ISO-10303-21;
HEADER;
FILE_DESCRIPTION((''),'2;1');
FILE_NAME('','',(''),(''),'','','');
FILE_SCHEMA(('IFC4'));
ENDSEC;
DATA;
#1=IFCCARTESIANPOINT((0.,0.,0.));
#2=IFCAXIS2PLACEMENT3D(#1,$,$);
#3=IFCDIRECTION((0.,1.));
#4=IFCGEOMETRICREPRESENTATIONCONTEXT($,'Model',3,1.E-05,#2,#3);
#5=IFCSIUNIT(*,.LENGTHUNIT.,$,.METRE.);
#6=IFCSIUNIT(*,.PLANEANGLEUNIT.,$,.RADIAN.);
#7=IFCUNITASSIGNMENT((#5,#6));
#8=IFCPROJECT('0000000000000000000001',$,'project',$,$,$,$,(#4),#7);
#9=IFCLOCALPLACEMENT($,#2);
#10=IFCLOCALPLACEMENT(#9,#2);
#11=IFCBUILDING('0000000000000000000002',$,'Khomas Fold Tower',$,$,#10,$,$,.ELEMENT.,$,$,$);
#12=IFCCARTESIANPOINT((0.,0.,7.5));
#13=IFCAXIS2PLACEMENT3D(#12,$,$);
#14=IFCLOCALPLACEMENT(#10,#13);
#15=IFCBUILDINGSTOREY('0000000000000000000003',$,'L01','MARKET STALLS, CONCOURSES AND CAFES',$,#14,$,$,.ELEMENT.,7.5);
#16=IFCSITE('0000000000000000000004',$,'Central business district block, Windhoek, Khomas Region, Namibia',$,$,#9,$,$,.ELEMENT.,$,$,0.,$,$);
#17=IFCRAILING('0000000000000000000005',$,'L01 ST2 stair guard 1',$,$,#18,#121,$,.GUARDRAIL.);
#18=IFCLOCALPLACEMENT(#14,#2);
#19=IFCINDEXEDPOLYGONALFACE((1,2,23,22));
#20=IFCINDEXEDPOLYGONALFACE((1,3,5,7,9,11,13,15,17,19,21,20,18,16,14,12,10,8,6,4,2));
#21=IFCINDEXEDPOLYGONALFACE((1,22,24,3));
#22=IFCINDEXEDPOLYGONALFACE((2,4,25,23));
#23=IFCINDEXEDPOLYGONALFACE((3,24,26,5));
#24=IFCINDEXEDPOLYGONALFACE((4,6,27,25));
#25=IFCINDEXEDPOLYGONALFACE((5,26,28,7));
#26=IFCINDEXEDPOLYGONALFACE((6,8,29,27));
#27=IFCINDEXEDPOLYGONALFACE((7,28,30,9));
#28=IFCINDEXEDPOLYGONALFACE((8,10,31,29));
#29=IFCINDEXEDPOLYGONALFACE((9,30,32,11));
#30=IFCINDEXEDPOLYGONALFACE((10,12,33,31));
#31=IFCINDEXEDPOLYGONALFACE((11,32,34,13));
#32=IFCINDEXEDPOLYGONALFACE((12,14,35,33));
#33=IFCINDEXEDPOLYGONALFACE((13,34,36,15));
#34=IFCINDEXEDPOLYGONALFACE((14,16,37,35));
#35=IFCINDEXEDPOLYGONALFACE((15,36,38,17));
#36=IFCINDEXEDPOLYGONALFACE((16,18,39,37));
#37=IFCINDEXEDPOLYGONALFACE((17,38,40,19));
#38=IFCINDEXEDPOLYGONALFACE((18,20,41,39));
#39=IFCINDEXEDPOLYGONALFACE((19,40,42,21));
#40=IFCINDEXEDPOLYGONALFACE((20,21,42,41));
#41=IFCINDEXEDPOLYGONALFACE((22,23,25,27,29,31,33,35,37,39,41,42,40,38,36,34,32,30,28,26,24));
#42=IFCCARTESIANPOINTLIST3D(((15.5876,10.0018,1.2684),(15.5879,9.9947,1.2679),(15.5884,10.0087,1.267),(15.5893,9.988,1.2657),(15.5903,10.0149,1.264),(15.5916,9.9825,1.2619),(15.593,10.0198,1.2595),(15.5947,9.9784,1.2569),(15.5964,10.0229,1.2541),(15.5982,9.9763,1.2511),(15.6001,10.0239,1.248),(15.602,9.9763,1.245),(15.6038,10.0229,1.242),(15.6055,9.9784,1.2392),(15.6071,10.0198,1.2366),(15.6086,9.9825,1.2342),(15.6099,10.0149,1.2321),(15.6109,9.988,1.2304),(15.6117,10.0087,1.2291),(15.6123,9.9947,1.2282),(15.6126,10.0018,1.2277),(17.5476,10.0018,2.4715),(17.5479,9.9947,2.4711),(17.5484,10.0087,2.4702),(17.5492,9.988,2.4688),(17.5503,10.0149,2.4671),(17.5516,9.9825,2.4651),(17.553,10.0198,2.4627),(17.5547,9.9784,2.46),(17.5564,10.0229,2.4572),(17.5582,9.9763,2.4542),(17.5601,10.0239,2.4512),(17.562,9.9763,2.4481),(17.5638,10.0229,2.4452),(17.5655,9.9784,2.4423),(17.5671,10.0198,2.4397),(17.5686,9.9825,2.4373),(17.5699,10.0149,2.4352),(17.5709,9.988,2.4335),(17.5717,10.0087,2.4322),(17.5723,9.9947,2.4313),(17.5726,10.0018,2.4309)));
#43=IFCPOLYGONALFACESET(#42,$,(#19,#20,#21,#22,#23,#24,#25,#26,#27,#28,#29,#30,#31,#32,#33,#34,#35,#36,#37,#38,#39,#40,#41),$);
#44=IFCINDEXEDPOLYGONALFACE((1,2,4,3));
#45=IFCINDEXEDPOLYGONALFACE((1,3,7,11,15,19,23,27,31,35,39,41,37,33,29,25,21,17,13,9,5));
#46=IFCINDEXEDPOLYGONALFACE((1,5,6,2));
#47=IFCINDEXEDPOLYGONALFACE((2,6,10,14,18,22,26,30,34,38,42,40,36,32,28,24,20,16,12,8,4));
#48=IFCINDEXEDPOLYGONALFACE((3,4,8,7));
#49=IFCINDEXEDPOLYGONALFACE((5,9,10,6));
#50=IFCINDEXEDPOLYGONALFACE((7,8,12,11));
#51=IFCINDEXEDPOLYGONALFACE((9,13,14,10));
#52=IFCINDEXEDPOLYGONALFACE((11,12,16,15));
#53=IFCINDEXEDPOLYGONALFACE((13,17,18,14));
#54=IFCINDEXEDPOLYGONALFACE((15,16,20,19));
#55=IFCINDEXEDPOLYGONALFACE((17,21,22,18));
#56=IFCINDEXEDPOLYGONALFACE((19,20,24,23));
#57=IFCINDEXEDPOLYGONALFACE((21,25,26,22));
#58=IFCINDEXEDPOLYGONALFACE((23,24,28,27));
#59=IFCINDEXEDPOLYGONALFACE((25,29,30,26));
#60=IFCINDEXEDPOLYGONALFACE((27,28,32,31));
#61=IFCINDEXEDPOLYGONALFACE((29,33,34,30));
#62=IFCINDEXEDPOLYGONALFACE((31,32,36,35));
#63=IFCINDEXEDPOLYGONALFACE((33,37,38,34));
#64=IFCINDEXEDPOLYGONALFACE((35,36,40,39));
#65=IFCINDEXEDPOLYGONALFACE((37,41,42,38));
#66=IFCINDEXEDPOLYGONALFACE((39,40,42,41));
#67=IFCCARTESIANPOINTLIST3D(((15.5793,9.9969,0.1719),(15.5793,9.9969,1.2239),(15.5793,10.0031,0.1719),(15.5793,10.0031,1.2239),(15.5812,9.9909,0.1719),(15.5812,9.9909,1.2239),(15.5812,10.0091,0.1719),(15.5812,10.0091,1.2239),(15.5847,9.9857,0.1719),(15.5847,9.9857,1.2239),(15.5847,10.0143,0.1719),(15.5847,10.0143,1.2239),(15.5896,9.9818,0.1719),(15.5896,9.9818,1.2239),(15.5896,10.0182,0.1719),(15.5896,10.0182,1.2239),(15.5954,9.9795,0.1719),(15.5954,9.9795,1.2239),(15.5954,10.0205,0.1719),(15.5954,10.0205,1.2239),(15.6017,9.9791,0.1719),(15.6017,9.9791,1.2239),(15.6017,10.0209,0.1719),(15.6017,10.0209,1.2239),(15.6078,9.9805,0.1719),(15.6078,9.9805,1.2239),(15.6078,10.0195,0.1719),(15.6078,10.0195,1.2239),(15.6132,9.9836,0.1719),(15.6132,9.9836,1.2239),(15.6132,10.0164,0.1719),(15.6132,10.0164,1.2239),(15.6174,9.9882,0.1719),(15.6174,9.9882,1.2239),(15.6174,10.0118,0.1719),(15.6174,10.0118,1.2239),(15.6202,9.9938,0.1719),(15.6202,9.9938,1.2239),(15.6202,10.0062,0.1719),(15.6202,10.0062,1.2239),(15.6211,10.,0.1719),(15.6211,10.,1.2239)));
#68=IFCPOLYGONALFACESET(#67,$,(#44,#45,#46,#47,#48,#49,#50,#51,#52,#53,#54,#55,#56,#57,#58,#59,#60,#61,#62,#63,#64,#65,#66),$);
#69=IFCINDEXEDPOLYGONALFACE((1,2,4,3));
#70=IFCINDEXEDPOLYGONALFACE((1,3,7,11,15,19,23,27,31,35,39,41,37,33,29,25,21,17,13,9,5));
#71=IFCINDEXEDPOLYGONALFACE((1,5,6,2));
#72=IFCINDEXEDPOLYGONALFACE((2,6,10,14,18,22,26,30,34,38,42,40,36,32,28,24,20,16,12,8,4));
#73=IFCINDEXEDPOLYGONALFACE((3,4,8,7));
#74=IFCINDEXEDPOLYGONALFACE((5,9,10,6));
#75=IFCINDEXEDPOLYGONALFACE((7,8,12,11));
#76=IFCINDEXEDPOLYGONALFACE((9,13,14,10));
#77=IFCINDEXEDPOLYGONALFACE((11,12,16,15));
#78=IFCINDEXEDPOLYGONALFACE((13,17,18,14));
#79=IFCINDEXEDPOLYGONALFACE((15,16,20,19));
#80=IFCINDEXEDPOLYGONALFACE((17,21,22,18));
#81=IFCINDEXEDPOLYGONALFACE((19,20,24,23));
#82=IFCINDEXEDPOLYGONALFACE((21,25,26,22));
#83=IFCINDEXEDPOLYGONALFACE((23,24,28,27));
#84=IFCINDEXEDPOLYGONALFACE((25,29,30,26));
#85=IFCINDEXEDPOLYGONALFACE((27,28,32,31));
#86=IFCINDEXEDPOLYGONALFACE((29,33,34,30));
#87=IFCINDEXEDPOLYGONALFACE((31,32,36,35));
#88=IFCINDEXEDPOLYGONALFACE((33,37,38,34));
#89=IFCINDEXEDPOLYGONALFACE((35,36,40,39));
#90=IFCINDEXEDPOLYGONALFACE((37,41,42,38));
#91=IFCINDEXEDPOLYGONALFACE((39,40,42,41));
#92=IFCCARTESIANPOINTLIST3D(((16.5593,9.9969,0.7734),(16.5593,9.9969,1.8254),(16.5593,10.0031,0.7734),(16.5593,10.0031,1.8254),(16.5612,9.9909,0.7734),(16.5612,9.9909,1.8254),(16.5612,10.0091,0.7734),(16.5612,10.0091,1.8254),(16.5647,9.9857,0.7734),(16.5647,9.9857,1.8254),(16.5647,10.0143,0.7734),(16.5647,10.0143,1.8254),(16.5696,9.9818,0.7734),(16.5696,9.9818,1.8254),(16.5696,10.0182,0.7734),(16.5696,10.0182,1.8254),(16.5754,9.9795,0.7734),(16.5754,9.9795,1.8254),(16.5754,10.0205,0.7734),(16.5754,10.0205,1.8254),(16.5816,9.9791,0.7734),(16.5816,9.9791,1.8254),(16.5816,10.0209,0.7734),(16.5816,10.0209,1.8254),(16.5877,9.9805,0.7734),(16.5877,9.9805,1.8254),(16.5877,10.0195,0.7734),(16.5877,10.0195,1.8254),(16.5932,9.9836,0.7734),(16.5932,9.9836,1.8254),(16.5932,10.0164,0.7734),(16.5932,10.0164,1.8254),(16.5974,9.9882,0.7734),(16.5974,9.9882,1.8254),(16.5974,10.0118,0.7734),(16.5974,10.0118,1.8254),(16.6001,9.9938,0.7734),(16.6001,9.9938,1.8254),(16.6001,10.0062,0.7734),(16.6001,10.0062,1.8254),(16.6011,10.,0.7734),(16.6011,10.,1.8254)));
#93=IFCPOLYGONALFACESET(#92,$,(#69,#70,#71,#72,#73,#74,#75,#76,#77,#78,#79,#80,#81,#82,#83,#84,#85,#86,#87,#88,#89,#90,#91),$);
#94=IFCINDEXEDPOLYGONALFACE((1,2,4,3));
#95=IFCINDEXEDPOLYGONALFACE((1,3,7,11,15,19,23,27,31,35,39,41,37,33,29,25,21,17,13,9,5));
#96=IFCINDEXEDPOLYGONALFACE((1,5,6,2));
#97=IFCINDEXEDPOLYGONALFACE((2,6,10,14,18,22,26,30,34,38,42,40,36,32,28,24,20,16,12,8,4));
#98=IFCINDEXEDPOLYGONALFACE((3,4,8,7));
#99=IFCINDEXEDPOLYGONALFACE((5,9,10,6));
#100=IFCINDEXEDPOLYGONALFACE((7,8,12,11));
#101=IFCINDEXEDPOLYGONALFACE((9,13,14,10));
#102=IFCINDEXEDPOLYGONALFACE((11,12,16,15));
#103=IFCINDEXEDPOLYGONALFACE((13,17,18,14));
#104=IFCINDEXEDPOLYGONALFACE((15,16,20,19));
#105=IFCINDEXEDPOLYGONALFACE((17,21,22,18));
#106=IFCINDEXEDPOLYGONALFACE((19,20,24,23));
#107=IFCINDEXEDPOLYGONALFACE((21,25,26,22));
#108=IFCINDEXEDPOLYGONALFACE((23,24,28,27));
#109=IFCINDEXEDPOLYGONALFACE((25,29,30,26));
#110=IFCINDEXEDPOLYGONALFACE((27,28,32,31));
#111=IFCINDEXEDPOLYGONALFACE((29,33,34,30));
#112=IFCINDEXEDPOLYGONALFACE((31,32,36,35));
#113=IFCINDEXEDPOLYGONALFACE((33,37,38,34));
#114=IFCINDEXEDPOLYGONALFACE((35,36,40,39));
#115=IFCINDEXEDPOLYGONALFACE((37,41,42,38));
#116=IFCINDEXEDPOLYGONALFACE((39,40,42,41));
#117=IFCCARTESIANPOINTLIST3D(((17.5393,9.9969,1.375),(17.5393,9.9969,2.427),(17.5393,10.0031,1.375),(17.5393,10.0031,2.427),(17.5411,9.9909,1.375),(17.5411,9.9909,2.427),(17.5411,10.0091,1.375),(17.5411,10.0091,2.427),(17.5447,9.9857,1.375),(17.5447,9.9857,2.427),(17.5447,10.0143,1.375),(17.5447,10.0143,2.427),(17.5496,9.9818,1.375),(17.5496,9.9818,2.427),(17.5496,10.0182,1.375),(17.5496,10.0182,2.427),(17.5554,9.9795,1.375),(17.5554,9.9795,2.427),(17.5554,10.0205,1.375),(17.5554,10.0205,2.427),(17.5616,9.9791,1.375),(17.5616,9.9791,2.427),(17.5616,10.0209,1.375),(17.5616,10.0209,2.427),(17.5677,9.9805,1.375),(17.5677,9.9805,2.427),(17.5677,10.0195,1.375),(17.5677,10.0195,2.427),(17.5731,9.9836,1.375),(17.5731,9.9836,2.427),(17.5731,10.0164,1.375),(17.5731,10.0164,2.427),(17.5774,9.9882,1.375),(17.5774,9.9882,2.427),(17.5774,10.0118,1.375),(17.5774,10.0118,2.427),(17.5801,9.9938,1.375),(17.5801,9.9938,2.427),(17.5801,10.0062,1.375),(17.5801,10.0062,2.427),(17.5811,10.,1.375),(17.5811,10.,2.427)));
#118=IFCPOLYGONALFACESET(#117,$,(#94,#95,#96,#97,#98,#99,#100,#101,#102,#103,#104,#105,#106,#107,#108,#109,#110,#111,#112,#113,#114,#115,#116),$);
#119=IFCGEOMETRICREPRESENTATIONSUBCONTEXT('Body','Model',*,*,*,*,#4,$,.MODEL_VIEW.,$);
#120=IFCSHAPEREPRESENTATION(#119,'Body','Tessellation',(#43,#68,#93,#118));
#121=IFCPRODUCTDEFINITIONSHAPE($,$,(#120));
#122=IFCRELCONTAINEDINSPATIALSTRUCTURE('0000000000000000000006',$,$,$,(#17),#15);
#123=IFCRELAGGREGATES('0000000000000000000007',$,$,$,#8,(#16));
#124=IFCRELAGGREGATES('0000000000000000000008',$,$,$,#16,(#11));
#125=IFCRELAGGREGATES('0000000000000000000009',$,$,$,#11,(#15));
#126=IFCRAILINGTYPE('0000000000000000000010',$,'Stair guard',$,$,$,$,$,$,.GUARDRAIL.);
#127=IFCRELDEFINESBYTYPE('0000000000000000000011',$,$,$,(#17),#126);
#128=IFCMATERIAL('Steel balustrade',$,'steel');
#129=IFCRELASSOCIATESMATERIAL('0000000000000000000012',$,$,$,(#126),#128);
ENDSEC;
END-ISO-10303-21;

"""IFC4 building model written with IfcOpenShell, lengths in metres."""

from ifc_helpers import new_model, si_unit, direction, frame, origin, origin_2d, place, context, subcontext, project, spatial, circle, extrude, source, transform, mapped, material, type_object, element, save


model = new_model("IFC4")

# Units and contexts
model_context = context("Model", 3, precision=1e-05, world=origin(), true_north=direction((0.0, 1.0)))
body_context = subcontext(model_context, "Body", "Model", "MODEL_VIEW")
ifc_project = project(units=[si_unit("LENGTHUNIT", "METRE"), si_unit("PLANEANGLEUNIT", "RADIAN")], contexts=[model_context])

# Site, building, storey
site_placement = place(None, origin())
site = spatial("IfcSite", under=ifc_project, at=site_placement, Name="Central business district block, Windhoek, Khomas Region, Namibia", CompositionType="ELEMENT", RefElevation=0.0)
building_placement = place(site_placement, origin())
building = spatial("IfcBuilding", under=site, at=building_placement, Name="Khomas Fold Tower", CompositionType="ELEMENT")
storey_placement = place(building_placement, frame((0.0, 0.0, 7.5)))
storey = spatial("IfcBuildingStorey", under=building, at=storey_placement, Name="L01", Description="MARKET STALLS, CONCOURSES AND CAFES", CompositionType="ELEMENT", Elevation=7.5)

# Railing
ifc_material_1 = material(Name="Steel balustrade", Category="steel")
railing_type_1 = type_object("IfcRailingType", Name="Stair guard", PredefinedType="GUARDRAIL", material=ifc_material_1)
shared_shape_1 = source(origin(), body_context, "Body", "SweptSolid", [
    extrude(circle(Radius=0.0239, at=origin_2d()), frame((0.0, 0.0, 1.0762), z_axis=(0.852241, 0.0, 0.523149), x_axis=(0.0, 1.0, 0.0)), (0.0, 0.0, 1.0), 2.2998),
    extrude(circle(Radius=0.021, at=origin_2d()), origin(), (0.0, 0.0, 1.0), 1.052),
    extrude(circle(Radius=0.021, at=origin_2d()), frame((0.98, 0.0, 0.6016)), (0.0, 0.0, 1.0), 1.052),
    extrude(circle(Radius=0.021, at=origin_2d()), frame((1.96, 0.0, 1.2031)), (0.0, 0.0, 1.0), 1.052),
])
for number, where, name in (
    (1, (15.6001, 10.0, 0.1719), "L01 ST2 stair guard 1"),
):
    element("IfcRailing", number, at=place(storey_placement, frame(where)), inside=storey, type_object=railing_type_1, Name=name, PredefinedType="GUARDRAIL", context=body_context, shape_type="MappedRepresentation", body=[
        mapped(shared_shape_1, transform((0.0, 0.0, 0.0))),
    ])

save(model, "model.ifc")
